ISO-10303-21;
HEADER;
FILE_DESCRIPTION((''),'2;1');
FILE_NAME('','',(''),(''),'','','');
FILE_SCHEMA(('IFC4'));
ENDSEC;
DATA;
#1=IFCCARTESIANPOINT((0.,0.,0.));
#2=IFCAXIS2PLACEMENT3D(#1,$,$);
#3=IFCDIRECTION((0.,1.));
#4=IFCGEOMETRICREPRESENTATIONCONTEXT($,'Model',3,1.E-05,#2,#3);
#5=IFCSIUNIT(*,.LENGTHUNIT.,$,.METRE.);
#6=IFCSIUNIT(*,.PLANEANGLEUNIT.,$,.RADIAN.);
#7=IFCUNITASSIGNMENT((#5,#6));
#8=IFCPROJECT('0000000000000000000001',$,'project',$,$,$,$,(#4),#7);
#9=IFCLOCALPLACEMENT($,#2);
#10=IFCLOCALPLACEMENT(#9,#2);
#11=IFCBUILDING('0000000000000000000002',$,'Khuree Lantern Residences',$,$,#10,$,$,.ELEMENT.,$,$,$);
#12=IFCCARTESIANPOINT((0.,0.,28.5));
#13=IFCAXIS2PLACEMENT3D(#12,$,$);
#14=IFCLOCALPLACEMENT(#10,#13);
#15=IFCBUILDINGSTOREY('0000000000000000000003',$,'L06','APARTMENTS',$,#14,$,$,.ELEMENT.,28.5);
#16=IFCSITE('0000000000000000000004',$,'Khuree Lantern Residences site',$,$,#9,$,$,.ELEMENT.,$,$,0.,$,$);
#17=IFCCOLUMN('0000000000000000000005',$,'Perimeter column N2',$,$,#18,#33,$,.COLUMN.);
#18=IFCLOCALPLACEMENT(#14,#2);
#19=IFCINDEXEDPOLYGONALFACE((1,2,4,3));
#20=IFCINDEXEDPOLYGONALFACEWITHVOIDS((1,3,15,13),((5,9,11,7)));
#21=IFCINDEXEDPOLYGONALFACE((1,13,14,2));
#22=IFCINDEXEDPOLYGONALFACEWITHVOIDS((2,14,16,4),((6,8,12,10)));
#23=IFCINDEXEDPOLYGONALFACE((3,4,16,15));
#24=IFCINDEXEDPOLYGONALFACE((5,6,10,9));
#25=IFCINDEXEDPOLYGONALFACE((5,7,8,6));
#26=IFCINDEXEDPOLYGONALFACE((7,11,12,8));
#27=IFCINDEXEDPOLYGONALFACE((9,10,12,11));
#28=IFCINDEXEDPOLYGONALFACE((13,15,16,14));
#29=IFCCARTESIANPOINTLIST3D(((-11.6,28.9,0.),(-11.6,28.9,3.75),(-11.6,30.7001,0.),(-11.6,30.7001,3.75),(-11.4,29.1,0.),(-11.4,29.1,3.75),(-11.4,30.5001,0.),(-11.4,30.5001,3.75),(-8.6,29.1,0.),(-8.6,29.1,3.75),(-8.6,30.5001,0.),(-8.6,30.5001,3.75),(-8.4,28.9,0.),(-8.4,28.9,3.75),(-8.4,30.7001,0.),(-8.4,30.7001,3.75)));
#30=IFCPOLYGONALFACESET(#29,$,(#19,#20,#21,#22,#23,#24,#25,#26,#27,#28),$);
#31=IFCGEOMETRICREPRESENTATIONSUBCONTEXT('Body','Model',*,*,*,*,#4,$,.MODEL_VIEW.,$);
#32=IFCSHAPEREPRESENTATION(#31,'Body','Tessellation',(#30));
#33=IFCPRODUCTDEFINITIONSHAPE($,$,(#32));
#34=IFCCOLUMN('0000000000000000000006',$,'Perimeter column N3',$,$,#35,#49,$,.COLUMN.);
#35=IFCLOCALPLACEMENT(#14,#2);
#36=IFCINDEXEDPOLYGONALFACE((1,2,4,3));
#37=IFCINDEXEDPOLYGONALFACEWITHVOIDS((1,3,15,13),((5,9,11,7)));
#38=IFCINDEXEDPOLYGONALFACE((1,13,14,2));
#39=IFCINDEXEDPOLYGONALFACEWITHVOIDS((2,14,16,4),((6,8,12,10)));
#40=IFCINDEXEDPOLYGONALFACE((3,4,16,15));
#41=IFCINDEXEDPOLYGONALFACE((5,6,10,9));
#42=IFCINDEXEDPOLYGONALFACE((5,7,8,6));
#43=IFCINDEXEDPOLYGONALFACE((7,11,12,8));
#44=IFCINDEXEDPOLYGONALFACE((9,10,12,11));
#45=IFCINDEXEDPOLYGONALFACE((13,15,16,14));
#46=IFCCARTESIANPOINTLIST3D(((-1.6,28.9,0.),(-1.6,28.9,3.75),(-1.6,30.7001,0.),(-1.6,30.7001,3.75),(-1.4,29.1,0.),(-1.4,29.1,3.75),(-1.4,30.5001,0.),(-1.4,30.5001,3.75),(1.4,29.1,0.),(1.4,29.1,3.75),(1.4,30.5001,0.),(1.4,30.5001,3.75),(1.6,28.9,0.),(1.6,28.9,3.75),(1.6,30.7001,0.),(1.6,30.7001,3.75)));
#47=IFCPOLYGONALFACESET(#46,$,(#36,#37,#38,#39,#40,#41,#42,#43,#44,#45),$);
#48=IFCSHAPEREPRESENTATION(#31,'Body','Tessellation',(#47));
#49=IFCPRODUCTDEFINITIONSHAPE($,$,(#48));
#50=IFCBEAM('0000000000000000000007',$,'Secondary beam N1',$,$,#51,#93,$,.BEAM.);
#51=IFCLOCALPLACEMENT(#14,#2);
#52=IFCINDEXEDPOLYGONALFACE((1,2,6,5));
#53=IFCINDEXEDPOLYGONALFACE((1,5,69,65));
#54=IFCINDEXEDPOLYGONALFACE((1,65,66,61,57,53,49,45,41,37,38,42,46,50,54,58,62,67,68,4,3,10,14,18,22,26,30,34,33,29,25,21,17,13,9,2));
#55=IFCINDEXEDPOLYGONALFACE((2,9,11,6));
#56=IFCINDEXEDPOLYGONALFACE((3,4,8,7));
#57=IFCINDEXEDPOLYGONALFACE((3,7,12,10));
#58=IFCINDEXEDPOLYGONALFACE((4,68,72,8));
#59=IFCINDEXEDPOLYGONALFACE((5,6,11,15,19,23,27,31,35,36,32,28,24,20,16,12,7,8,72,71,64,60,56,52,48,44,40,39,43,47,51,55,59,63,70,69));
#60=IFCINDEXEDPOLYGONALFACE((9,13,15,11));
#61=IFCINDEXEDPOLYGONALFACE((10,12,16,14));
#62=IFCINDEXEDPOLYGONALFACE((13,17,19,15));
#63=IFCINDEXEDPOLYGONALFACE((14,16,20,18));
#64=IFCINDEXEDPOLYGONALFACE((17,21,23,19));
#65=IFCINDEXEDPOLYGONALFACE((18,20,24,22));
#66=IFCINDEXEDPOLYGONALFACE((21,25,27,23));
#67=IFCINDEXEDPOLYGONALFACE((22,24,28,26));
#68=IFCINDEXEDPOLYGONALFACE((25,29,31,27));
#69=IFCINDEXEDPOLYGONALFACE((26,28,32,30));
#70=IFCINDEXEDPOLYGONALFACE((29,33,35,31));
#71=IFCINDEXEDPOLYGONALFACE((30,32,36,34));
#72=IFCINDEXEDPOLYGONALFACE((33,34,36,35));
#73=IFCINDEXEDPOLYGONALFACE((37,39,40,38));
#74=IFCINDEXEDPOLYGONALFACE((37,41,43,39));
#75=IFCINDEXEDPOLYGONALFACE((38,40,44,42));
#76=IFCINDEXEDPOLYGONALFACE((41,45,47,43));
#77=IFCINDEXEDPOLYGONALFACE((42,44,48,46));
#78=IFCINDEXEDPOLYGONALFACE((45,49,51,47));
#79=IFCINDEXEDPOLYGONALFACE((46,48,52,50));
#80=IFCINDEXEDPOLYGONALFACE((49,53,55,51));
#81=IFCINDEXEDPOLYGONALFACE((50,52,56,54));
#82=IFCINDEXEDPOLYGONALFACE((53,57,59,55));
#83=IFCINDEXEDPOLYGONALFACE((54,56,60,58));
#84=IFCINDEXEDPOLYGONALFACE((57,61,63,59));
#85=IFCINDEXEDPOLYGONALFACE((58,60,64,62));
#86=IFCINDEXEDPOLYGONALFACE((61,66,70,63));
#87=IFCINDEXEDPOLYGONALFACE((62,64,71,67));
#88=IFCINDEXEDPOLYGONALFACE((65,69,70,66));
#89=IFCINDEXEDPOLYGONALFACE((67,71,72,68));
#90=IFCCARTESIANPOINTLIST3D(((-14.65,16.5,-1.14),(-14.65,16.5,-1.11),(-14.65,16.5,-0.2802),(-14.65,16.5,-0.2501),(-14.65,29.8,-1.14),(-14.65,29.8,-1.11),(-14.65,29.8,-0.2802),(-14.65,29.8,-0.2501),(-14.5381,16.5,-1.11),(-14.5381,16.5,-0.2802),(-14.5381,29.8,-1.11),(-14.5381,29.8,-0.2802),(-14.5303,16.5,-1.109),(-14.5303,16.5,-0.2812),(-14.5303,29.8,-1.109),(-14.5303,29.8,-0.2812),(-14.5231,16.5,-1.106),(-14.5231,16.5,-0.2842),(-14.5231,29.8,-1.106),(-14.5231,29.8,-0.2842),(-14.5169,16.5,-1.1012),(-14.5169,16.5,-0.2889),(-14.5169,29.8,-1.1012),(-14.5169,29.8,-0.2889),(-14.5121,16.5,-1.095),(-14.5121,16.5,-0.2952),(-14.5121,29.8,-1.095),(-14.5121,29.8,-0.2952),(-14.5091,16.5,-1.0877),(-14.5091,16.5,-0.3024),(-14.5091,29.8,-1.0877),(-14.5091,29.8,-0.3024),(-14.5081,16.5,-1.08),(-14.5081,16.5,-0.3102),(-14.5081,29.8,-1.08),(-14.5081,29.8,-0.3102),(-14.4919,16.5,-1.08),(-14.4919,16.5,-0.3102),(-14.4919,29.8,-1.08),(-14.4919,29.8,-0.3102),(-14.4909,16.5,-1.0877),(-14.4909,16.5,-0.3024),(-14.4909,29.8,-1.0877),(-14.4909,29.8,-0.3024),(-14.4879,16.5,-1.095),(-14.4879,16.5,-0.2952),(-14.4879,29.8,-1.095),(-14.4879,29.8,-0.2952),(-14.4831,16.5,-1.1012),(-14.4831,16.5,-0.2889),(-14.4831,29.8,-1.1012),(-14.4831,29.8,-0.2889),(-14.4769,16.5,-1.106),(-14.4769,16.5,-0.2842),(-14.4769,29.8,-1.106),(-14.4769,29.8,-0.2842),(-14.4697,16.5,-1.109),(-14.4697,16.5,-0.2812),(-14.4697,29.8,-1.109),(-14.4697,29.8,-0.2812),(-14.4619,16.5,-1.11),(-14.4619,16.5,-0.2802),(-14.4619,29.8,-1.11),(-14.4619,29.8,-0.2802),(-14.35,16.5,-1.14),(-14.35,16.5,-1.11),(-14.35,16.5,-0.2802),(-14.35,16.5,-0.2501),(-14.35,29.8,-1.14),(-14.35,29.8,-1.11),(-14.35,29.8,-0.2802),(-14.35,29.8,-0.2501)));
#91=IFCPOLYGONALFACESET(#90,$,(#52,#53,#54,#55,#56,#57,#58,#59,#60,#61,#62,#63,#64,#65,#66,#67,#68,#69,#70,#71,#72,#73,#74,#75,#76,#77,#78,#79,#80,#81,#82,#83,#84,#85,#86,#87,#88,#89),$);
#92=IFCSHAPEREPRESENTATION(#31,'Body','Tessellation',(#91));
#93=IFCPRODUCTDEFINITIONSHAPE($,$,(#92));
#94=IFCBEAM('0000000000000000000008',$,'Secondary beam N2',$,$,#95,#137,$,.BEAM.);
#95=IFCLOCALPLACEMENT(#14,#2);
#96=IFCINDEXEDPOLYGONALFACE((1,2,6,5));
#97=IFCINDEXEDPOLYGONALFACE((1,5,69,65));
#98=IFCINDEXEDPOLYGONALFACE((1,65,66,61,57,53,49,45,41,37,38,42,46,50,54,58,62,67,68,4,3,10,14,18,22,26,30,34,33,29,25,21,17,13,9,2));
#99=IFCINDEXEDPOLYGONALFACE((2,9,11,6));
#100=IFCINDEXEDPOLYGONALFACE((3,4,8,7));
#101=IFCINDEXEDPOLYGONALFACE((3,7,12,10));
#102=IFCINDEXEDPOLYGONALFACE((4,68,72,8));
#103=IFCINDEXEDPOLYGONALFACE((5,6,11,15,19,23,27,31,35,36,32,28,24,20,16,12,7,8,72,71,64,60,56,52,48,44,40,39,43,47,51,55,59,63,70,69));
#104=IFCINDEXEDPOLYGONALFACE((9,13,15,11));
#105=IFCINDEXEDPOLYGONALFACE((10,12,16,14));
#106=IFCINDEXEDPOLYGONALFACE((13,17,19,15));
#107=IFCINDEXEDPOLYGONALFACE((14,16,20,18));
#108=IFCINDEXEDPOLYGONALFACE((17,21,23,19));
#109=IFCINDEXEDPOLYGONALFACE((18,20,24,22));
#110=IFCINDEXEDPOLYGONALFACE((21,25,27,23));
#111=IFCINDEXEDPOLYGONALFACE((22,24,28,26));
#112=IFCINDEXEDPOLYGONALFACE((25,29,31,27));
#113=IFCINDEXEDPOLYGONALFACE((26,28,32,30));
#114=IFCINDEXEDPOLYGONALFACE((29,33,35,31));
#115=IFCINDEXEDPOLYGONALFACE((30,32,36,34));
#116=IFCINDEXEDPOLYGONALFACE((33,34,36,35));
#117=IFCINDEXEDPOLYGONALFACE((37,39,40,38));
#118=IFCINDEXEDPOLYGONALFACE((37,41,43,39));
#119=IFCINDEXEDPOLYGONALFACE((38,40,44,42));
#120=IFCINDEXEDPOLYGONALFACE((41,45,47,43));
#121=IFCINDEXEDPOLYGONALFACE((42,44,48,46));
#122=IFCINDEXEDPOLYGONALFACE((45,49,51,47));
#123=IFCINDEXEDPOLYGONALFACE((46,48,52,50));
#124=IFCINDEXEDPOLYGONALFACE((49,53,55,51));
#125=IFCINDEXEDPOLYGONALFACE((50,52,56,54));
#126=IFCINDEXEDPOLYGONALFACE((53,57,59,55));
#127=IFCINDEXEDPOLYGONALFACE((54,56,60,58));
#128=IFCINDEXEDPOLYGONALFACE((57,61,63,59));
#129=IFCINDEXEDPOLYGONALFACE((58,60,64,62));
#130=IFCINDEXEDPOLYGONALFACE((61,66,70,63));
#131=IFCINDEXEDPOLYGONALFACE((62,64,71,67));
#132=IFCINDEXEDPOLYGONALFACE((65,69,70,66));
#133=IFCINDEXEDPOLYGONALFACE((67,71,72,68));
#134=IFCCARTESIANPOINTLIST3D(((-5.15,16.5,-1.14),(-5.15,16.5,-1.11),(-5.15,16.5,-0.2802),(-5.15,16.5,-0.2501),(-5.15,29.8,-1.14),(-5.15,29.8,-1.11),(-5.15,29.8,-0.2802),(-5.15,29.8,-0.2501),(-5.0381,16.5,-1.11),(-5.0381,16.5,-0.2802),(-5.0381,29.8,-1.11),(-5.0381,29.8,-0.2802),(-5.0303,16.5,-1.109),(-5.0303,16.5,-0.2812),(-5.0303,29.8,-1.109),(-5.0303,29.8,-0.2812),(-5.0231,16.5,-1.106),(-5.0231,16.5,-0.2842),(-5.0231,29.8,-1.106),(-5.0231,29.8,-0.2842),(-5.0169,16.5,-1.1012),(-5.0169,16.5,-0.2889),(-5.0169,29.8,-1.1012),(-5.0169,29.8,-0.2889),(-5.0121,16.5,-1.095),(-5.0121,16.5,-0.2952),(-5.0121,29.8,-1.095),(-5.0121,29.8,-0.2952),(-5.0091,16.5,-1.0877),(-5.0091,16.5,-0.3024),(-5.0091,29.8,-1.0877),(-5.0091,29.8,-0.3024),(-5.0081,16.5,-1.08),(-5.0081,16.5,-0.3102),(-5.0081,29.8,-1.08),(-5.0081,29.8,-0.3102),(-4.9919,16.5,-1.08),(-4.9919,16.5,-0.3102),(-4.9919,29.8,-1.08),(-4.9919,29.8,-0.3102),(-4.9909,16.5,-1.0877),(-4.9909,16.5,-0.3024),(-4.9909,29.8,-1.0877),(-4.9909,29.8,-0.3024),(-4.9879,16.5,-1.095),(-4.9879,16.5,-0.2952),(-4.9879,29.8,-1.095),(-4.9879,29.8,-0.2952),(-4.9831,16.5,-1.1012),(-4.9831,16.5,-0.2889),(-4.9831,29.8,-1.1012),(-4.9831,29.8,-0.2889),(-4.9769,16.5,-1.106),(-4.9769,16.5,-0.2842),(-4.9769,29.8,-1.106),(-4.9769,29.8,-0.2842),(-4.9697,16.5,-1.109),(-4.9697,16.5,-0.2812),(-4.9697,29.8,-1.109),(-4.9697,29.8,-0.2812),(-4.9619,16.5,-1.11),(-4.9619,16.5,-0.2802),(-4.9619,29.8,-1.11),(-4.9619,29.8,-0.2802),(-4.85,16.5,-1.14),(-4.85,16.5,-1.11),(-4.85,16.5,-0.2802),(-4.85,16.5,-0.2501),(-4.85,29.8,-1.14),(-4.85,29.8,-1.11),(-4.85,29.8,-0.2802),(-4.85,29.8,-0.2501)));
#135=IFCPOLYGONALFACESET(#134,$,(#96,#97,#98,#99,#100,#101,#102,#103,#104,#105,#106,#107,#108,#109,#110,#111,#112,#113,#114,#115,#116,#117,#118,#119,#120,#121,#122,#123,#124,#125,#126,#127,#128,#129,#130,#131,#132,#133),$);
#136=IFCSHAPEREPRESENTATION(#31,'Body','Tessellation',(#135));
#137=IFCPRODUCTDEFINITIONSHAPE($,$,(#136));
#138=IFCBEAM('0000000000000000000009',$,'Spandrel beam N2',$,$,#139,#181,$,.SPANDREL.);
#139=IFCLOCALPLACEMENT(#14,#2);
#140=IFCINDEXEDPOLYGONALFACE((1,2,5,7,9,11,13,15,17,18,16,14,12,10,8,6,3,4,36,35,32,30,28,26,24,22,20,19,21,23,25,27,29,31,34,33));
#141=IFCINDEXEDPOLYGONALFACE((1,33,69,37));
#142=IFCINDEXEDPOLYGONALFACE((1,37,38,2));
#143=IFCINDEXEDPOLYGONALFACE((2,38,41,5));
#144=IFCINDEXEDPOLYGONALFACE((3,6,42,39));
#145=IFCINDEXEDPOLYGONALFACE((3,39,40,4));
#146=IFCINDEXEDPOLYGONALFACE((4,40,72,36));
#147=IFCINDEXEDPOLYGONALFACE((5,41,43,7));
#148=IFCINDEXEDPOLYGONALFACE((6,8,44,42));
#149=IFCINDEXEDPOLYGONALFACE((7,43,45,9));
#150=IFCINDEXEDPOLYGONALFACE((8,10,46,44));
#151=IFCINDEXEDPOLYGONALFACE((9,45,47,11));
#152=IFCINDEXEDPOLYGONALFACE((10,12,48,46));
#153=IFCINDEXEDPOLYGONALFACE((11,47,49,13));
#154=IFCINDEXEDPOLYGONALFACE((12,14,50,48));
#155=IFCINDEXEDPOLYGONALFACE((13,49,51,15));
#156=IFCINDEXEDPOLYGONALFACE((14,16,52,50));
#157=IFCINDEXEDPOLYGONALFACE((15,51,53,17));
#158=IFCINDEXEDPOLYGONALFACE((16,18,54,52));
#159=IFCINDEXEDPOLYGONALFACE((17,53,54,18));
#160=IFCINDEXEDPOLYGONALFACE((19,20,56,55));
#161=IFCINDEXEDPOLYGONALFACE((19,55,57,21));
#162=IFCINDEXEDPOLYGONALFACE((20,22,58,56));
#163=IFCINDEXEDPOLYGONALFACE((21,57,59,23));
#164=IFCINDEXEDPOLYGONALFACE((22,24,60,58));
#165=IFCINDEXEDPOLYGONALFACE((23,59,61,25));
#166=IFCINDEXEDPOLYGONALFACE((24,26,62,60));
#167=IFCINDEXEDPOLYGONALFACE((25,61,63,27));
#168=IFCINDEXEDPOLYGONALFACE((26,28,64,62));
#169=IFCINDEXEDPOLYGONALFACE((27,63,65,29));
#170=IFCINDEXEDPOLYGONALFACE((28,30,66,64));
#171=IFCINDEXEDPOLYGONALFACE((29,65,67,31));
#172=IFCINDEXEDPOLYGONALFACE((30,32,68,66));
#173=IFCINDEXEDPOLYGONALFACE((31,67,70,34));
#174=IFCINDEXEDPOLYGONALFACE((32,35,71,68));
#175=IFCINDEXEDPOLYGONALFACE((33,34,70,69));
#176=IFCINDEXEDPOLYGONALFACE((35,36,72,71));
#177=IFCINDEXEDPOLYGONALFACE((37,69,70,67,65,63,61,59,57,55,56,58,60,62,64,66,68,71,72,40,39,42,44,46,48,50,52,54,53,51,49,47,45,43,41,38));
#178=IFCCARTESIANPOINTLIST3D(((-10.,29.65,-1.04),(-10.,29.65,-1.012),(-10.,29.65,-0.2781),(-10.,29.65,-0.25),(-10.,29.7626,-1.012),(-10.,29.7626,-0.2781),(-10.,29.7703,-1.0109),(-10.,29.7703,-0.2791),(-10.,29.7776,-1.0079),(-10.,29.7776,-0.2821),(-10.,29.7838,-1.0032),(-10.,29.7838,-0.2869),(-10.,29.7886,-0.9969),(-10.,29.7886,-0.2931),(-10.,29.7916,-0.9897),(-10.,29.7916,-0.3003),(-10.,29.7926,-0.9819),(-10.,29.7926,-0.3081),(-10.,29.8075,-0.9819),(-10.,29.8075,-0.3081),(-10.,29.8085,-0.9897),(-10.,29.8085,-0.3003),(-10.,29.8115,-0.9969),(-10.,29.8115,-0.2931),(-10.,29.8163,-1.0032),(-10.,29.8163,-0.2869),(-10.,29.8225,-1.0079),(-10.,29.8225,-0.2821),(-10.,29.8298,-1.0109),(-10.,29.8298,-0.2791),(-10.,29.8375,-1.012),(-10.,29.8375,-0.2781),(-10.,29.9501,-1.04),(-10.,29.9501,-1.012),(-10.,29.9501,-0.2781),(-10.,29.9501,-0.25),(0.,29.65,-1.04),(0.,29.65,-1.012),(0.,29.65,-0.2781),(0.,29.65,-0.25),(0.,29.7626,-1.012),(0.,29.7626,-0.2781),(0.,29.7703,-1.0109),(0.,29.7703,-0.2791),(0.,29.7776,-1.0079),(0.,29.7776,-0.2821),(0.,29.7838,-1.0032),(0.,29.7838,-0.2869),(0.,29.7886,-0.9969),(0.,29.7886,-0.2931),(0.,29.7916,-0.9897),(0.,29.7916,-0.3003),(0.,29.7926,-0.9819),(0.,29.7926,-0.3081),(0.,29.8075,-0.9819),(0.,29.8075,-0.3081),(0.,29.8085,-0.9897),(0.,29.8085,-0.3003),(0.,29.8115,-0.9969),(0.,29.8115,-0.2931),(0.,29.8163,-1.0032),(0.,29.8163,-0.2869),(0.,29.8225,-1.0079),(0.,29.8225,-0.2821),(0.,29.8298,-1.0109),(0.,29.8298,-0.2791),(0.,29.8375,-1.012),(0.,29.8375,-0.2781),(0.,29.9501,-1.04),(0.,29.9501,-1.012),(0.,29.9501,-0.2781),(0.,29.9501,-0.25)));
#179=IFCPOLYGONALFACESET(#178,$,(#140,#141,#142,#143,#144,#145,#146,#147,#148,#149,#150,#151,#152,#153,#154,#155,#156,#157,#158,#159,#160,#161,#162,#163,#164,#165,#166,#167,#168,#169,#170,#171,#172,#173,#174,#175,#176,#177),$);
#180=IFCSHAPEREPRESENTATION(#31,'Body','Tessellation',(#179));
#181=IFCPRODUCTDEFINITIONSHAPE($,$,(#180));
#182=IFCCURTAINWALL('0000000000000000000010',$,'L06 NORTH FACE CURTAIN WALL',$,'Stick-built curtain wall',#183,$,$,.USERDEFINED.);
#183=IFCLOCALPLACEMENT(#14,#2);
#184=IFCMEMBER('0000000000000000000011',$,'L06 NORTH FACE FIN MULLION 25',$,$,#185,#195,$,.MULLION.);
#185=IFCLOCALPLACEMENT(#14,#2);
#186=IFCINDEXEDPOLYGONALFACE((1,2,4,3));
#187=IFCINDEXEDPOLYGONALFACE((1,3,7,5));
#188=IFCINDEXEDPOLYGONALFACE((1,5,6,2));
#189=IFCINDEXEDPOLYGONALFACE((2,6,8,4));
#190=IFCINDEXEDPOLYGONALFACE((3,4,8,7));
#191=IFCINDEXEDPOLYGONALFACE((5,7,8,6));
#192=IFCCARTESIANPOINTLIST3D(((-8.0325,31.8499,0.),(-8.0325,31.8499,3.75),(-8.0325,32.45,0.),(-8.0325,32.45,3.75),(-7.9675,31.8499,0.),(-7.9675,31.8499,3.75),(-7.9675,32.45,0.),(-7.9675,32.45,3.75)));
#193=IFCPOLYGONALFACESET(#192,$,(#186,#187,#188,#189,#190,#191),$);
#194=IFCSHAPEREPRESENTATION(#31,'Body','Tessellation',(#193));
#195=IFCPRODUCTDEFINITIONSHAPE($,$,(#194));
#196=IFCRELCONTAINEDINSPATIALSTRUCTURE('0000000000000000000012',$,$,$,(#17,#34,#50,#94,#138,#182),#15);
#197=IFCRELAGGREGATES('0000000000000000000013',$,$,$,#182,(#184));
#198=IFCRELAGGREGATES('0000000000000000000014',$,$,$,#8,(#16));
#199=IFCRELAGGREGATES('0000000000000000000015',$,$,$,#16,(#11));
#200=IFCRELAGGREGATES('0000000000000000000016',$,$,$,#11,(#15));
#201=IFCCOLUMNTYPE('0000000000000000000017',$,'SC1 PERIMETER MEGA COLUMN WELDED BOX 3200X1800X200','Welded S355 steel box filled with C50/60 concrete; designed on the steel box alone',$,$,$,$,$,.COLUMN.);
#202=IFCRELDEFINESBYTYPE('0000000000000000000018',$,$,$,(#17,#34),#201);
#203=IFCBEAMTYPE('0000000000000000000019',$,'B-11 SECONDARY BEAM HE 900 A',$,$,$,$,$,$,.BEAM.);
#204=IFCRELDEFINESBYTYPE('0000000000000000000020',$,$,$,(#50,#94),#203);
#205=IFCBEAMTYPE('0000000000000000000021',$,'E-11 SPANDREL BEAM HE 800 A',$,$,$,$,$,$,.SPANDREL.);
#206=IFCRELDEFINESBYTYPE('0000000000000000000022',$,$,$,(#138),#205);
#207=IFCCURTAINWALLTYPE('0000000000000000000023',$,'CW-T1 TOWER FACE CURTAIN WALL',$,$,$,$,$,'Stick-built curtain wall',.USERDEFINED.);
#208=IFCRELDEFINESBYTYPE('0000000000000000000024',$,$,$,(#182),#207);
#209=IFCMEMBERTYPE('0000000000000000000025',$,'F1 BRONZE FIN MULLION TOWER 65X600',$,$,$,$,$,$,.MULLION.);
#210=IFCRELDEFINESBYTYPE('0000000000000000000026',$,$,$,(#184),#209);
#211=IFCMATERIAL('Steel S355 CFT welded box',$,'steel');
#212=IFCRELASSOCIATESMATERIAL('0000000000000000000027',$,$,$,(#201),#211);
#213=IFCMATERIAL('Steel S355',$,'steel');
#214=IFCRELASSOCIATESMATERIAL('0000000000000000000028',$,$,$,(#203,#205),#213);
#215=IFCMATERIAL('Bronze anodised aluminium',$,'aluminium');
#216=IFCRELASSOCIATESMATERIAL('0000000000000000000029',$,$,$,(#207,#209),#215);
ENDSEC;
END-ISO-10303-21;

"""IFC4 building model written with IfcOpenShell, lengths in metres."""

from ifc_helpers import new_model, si_unit, direction, frame, origin, origin_2d, place, context, subcontext, project, spatial, rectangle, hollow_rectangle, i_section, extrude, material, material_profile, profile_set, type_object, element, aggregate, save


model = new_model("IFC4")

# Units and contexts
model_context = context("Model", 3, precision=1e-05, world=origin(), true_north=direction((0.0, 1.0)))
body_context = subcontext(model_context, "Body", "Model", "MODEL_VIEW")
ifc_project = project(units=[si_unit("LENGTHUNIT", "METRE"), si_unit("PLANEANGLEUNIT", "RADIAN")], contexts=[model_context])

# Site, building, storey
site_placement = place(None, origin())
site = spatial("IfcSite", under=ifc_project, at=site_placement, Name="Khuree Lantern Residences site", CompositionType="ELEMENT", RefElevation=0.0)
building_placement = place(site_placement, origin())
building = spatial("IfcBuilding", under=site, at=building_placement, Name="Khuree Lantern Residences", CompositionType="ELEMENT")
storey_placement = place(building_placement, frame((0.0, 0.0, 28.5)))
storey = spatial("IfcBuildingStorey", under=building, at=storey_placement, Name="L06", Description="APARTMENTS", CompositionType="ELEMENT", Elevation=28.5)

# Columns
ifc_material_1 = material(Name="Steel S355 CFT welded box", Category="steel")
ifc_material_profile_1 = material_profile(ifc_material_1, hollow_rectangle(XDim=3.2, YDim=1.8, WallThickness=0.2, at=origin_2d()), Name="WELDED BOX 3200X1800X200")
ifc_profile_set_1 = profile_set([ifc_material_profile_1], Name="Steel S355 CFT welded box")
column_type = type_object("IfcColumnType", Name="SC1 PERIMETER MEGA COLUMN WELDED BOX 3200X1800X200", Description="Welded S355 steel box filled with C50/60 concrete; designed on the steel box alone", PredefinedType="COLUMN", material=ifc_profile_set_1)
for number, where, z_axis, x_axis, name in (
    (1, (-10.0, 29.8, 0.0), (0.0, 0.0, 1.0), (1.0, 0.0, 0.0), "Perimeter column N2"),
    (2, (0.0, 29.8, 0.0), (0.0, 0.0, 1.0), (1.0, 0.0, 0.0), "Perimeter column N3"),
):
    element("IfcColumn", number, at=place(storey_placement, frame(where, z_axis=z_axis, x_axis=x_axis)), inside=storey, type_object=column_type, Name=name, PredefinedType="COLUMN", context=body_context, shape_type="SweptSolid", body=[
        extrude(hollow_rectangle(XDim=3.2, YDim=1.8, WallThickness=0.2, at=origin_2d()), origin(), (0.0, 0.0, 1.0), 3.75),
    ])

# Beams
ifc_material_2 = material(Name="Steel S355", Category="steel")
ifc_material_profile_2 = material_profile(ifc_material_2, i_section(OverallWidth=0.3, OverallDepth=0.8899, WebThickness=0.0161, FlangeThickness=0.03, FilletRadius=0.03, at=origin_2d()), Name="HE 900 A")
ifc_profile_set_2 = profile_set([ifc_material_profile_2], Name="Steel S355")
beam_type_1 = type_object("IfcBeamType", Name="B-11 SECONDARY BEAM HE 900 A", PredefinedType="BEAM", material=ifc_profile_set_2)
for number, where, z_axis, x_axis, name in (
    (3, (-14.5, 29.8, -0.6951), (0.0, -1.0, 0.0), (1.0, 0.0, 0.0), "Secondary beam N1"),
    (4, (-5.0, 29.8, -0.6951), (0.0, -1.0, 0.0), (1.0, 0.0, 0.0), "Secondary beam N2"),
):
    element("IfcBeam", number, at=place(storey_placement, frame(where, z_axis=z_axis, x_axis=x_axis)), inside=storey, type_object=beam_type_1, Name=name, PredefinedType="BEAM", context=body_context, shape_type="SweptSolid", body=[
        extrude(i_section(OverallWidth=0.3, OverallDepth=0.8899, WebThickness=0.0161, FlangeThickness=0.03, FilletRadius=0.03, at=origin_2d()), origin(), (0.0, 0.0, 1.0), 13.3),
    ])
ifc_material_profile_3 = material_profile(ifc_material_2, i_section(OverallWidth=0.3, OverallDepth=0.79, WebThickness=0.0149, FlangeThickness=0.0281, FilletRadius=0.03, at=origin_2d()), Name="HE 800 A")
ifc_profile_set_3 = profile_set([ifc_material_profile_3], Name="Steel S355")
beam_type_2 = type_object("IfcBeamType", Name="E-11 SPANDREL BEAM HE 800 A", PredefinedType="SPANDREL", material=ifc_profile_set_3)
beam_1_placement = place(storey_placement, frame((-10.0, 29.8, -0.645), z_axis=(1.0, 0.0, 0.0), x_axis=(0.0, 1.0, 0.0)))
element("IfcBeam", 5, at=beam_1_placement, inside=storey, type_object=beam_type_2, Name="Spandrel beam N2", PredefinedType="SPANDREL", context=body_context, shape_type="SweptSolid", body=[
    extrude(i_section(OverallWidth=0.3, OverallDepth=0.79, WebThickness=0.0149, FlangeThickness=0.0281, FilletRadius=0.03, at=origin_2d()), origin(), (0.0, 0.0, 1.0), 10.0),
])

# Curtain wall, member
ifc_material_3 = material(Name="Bronze anodised aluminium", Category="aluminium")
curtain_wall_type = type_object("IfcCurtainWallType", Name="CW-T1 TOWER FACE CURTAIN WALL", ElementType="Stick-built curtain wall", PredefinedType="USERDEFINED", material=ifc_material_3)
curtain_wall_placement = place(storey_placement, origin())
curtain_wall = element("IfcCurtainWall", 6, at=curtain_wall_placement, inside=storey, type_object=curtain_wall_type, Name="L06 NORTH FACE CURTAIN WALL", ObjectType="Stick-built curtain wall", PredefinedType="USERDEFINED")
ifc_material_profile_4 = material_profile(ifc_material_3, rectangle(XDim=0.0649, YDim=0.6001, at=origin_2d()), Name="F1 65X600")
ifc_profile_set_4 = profile_set([ifc_material_profile_4], Name="Bronze anodised aluminium")
member_type_1 = type_object("IfcMemberType", Name="F1 BRONZE FIN MULLION TOWER 65X600", PredefinedType="MULLION", material=ifc_profile_set_4)
member_1_placement = place(storey_placement, frame((-8.0, 32.1499, 0.0), z_axis=(0.0, 0.0, 1.0), x_axis=(-1.0, 0.0, 0.0)))
member_1 = element("IfcMember", 7, at=member_1_placement, type_object=member_type_1, Name="L06 NORTH FACE FIN MULLION 25", PredefinedType="MULLION", context=body_context, shape_type="SweptSolid", body=[
    extrude(rectangle(XDim=0.0649, YDim=0.6001, at=origin_2d()), origin(), (0.0, 0.0, 1.0), 3.75),
])

aggregate(curtain_wall, [member_1])

save(model, "model.ifc")
